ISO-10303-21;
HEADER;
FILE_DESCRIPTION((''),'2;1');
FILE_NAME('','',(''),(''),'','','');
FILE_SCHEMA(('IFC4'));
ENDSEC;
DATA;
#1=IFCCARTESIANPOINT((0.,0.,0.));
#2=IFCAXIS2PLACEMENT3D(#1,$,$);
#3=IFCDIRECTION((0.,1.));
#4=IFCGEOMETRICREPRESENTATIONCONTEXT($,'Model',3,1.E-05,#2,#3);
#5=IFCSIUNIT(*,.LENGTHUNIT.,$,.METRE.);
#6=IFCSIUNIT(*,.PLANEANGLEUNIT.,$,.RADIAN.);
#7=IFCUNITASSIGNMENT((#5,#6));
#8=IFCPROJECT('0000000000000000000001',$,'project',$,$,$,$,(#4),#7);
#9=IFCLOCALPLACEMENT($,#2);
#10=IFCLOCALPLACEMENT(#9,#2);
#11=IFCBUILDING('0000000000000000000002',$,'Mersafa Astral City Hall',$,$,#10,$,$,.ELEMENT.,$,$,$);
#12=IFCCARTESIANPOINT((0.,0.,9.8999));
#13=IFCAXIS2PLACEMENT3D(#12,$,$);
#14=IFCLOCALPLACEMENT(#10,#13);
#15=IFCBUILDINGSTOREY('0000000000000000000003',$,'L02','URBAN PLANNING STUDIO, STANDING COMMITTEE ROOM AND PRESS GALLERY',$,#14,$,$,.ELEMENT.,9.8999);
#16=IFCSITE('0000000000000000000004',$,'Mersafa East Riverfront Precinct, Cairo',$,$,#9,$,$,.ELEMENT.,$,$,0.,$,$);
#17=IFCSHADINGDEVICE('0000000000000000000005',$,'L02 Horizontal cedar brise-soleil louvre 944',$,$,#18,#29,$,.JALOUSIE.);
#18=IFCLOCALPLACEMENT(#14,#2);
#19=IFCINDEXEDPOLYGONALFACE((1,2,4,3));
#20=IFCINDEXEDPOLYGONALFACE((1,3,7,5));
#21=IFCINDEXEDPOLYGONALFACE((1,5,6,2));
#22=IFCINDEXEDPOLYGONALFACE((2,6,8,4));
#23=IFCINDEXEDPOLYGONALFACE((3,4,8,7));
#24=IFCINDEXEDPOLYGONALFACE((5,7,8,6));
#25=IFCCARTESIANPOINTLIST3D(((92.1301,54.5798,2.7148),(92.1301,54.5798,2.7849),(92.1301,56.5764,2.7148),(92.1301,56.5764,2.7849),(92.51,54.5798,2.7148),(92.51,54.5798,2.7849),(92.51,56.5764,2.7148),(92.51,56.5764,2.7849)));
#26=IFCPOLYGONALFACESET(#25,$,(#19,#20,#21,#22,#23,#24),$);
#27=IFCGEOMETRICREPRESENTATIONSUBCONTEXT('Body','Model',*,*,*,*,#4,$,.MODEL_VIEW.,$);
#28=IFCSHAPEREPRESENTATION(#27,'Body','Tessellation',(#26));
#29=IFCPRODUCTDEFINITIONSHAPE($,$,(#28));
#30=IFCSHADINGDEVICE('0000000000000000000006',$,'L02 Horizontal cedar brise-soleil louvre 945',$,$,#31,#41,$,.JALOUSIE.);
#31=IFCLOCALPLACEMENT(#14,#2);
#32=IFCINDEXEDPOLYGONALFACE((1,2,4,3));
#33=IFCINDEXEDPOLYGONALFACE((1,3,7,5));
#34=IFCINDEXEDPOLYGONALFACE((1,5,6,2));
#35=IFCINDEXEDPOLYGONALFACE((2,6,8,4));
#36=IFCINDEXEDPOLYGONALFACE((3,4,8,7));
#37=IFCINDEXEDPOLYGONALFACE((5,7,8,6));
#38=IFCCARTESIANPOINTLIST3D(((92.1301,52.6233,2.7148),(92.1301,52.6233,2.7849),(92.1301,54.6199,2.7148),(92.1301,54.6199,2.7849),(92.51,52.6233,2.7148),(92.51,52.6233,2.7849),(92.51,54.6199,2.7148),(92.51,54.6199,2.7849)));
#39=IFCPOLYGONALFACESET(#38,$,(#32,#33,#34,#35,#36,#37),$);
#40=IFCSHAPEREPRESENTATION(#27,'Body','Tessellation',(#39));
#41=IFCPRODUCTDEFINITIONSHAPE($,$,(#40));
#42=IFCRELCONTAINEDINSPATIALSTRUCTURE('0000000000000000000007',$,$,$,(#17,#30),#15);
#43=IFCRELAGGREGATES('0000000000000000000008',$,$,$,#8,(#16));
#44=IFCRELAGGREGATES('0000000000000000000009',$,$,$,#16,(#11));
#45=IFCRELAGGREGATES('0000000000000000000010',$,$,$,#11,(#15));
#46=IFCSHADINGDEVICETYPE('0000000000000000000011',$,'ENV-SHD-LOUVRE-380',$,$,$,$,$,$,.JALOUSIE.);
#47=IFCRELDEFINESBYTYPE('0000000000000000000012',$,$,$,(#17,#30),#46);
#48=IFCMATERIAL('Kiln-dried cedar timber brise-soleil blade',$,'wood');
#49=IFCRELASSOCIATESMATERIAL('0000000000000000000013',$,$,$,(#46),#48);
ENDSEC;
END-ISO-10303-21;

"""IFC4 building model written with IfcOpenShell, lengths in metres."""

from ifc_helpers import new_model, si_unit, direction, frame, origin, origin_2d, place, context, subcontext, project, spatial, rectangle, extrude, material, type_object, element, save


model = new_model("IFC4")

# Units and contexts
model_context = context("Model", 3, precision=1e-05, world=origin(), true_north=direction((0.0, 1.0)))
body_context = subcontext(model_context, "Body", "Model", "MODEL_VIEW")
ifc_project = project(units=[si_unit("LENGTHUNIT", "METRE"), si_unit("PLANEANGLEUNIT", "RADIAN")], contexts=[model_context])

# Site, building, storey
site_placement = place(None, origin())
site = spatial("IfcSite", under=ifc_project, at=site_placement, Name="Mersafa East Riverfront Precinct, Cairo", CompositionType="ELEMENT", RefElevation=0.0)
building_placement = place(site_placement, origin())
building = spatial("IfcBuilding", under=site, at=building_placement, Name="Mersafa Astral City Hall", CompositionType="ELEMENT")
storey_placement = place(building_placement, frame((0.0, 0.0, 9.8999)))
storey = spatial("IfcBuildingStorey", under=building, at=storey_placement, Name="L02", Description="URBAN PLANNING STUDIO, STANDING COMMITTEE ROOM AND PRESS GALLERY", CompositionType="ELEMENT", Elevation=9.8999)

# Shading devices
ifc_material_1 = material(Name="Kiln-dried cedar timber brise-soleil blade", Category="wood")
shading_device_type_1 = type_object("IfcShadingDeviceType", Name="ENV-SHD-LOUVRE-380", PredefinedType="JALOUSIE", material=ifc_material_1)
for number, where, z_axis, x_axis, name in (
    (1, (92.3201, 55.5781, 2.7148), (0.0, 0.0, 1.0), (0.0, -1.0, 0.0), "L02 Horizontal cedar brise-soleil louvre 944"),
    (2, (92.3201, 53.6216, 2.7148), (0.0, 0.0, 1.0), (0.0, -1.0, 0.0), "L02 Horizontal cedar brise-soleil louvre 945"),
):
    element("IfcShadingDevice", number, at=place(storey_placement, frame(where, z_axis=z_axis, x_axis=x_axis)), inside=storey, type_object=shading_device_type_1, Name=name, PredefinedType="JALOUSIE", context=body_context, shape_type="SweptSolid", body=[
        extrude(rectangle(XDim=1.9966, YDim=0.3799, at=origin_2d()), origin(), (0.0, 0.0, 1.0), 0.0701),
    ])

save(model, "model.ifc")
